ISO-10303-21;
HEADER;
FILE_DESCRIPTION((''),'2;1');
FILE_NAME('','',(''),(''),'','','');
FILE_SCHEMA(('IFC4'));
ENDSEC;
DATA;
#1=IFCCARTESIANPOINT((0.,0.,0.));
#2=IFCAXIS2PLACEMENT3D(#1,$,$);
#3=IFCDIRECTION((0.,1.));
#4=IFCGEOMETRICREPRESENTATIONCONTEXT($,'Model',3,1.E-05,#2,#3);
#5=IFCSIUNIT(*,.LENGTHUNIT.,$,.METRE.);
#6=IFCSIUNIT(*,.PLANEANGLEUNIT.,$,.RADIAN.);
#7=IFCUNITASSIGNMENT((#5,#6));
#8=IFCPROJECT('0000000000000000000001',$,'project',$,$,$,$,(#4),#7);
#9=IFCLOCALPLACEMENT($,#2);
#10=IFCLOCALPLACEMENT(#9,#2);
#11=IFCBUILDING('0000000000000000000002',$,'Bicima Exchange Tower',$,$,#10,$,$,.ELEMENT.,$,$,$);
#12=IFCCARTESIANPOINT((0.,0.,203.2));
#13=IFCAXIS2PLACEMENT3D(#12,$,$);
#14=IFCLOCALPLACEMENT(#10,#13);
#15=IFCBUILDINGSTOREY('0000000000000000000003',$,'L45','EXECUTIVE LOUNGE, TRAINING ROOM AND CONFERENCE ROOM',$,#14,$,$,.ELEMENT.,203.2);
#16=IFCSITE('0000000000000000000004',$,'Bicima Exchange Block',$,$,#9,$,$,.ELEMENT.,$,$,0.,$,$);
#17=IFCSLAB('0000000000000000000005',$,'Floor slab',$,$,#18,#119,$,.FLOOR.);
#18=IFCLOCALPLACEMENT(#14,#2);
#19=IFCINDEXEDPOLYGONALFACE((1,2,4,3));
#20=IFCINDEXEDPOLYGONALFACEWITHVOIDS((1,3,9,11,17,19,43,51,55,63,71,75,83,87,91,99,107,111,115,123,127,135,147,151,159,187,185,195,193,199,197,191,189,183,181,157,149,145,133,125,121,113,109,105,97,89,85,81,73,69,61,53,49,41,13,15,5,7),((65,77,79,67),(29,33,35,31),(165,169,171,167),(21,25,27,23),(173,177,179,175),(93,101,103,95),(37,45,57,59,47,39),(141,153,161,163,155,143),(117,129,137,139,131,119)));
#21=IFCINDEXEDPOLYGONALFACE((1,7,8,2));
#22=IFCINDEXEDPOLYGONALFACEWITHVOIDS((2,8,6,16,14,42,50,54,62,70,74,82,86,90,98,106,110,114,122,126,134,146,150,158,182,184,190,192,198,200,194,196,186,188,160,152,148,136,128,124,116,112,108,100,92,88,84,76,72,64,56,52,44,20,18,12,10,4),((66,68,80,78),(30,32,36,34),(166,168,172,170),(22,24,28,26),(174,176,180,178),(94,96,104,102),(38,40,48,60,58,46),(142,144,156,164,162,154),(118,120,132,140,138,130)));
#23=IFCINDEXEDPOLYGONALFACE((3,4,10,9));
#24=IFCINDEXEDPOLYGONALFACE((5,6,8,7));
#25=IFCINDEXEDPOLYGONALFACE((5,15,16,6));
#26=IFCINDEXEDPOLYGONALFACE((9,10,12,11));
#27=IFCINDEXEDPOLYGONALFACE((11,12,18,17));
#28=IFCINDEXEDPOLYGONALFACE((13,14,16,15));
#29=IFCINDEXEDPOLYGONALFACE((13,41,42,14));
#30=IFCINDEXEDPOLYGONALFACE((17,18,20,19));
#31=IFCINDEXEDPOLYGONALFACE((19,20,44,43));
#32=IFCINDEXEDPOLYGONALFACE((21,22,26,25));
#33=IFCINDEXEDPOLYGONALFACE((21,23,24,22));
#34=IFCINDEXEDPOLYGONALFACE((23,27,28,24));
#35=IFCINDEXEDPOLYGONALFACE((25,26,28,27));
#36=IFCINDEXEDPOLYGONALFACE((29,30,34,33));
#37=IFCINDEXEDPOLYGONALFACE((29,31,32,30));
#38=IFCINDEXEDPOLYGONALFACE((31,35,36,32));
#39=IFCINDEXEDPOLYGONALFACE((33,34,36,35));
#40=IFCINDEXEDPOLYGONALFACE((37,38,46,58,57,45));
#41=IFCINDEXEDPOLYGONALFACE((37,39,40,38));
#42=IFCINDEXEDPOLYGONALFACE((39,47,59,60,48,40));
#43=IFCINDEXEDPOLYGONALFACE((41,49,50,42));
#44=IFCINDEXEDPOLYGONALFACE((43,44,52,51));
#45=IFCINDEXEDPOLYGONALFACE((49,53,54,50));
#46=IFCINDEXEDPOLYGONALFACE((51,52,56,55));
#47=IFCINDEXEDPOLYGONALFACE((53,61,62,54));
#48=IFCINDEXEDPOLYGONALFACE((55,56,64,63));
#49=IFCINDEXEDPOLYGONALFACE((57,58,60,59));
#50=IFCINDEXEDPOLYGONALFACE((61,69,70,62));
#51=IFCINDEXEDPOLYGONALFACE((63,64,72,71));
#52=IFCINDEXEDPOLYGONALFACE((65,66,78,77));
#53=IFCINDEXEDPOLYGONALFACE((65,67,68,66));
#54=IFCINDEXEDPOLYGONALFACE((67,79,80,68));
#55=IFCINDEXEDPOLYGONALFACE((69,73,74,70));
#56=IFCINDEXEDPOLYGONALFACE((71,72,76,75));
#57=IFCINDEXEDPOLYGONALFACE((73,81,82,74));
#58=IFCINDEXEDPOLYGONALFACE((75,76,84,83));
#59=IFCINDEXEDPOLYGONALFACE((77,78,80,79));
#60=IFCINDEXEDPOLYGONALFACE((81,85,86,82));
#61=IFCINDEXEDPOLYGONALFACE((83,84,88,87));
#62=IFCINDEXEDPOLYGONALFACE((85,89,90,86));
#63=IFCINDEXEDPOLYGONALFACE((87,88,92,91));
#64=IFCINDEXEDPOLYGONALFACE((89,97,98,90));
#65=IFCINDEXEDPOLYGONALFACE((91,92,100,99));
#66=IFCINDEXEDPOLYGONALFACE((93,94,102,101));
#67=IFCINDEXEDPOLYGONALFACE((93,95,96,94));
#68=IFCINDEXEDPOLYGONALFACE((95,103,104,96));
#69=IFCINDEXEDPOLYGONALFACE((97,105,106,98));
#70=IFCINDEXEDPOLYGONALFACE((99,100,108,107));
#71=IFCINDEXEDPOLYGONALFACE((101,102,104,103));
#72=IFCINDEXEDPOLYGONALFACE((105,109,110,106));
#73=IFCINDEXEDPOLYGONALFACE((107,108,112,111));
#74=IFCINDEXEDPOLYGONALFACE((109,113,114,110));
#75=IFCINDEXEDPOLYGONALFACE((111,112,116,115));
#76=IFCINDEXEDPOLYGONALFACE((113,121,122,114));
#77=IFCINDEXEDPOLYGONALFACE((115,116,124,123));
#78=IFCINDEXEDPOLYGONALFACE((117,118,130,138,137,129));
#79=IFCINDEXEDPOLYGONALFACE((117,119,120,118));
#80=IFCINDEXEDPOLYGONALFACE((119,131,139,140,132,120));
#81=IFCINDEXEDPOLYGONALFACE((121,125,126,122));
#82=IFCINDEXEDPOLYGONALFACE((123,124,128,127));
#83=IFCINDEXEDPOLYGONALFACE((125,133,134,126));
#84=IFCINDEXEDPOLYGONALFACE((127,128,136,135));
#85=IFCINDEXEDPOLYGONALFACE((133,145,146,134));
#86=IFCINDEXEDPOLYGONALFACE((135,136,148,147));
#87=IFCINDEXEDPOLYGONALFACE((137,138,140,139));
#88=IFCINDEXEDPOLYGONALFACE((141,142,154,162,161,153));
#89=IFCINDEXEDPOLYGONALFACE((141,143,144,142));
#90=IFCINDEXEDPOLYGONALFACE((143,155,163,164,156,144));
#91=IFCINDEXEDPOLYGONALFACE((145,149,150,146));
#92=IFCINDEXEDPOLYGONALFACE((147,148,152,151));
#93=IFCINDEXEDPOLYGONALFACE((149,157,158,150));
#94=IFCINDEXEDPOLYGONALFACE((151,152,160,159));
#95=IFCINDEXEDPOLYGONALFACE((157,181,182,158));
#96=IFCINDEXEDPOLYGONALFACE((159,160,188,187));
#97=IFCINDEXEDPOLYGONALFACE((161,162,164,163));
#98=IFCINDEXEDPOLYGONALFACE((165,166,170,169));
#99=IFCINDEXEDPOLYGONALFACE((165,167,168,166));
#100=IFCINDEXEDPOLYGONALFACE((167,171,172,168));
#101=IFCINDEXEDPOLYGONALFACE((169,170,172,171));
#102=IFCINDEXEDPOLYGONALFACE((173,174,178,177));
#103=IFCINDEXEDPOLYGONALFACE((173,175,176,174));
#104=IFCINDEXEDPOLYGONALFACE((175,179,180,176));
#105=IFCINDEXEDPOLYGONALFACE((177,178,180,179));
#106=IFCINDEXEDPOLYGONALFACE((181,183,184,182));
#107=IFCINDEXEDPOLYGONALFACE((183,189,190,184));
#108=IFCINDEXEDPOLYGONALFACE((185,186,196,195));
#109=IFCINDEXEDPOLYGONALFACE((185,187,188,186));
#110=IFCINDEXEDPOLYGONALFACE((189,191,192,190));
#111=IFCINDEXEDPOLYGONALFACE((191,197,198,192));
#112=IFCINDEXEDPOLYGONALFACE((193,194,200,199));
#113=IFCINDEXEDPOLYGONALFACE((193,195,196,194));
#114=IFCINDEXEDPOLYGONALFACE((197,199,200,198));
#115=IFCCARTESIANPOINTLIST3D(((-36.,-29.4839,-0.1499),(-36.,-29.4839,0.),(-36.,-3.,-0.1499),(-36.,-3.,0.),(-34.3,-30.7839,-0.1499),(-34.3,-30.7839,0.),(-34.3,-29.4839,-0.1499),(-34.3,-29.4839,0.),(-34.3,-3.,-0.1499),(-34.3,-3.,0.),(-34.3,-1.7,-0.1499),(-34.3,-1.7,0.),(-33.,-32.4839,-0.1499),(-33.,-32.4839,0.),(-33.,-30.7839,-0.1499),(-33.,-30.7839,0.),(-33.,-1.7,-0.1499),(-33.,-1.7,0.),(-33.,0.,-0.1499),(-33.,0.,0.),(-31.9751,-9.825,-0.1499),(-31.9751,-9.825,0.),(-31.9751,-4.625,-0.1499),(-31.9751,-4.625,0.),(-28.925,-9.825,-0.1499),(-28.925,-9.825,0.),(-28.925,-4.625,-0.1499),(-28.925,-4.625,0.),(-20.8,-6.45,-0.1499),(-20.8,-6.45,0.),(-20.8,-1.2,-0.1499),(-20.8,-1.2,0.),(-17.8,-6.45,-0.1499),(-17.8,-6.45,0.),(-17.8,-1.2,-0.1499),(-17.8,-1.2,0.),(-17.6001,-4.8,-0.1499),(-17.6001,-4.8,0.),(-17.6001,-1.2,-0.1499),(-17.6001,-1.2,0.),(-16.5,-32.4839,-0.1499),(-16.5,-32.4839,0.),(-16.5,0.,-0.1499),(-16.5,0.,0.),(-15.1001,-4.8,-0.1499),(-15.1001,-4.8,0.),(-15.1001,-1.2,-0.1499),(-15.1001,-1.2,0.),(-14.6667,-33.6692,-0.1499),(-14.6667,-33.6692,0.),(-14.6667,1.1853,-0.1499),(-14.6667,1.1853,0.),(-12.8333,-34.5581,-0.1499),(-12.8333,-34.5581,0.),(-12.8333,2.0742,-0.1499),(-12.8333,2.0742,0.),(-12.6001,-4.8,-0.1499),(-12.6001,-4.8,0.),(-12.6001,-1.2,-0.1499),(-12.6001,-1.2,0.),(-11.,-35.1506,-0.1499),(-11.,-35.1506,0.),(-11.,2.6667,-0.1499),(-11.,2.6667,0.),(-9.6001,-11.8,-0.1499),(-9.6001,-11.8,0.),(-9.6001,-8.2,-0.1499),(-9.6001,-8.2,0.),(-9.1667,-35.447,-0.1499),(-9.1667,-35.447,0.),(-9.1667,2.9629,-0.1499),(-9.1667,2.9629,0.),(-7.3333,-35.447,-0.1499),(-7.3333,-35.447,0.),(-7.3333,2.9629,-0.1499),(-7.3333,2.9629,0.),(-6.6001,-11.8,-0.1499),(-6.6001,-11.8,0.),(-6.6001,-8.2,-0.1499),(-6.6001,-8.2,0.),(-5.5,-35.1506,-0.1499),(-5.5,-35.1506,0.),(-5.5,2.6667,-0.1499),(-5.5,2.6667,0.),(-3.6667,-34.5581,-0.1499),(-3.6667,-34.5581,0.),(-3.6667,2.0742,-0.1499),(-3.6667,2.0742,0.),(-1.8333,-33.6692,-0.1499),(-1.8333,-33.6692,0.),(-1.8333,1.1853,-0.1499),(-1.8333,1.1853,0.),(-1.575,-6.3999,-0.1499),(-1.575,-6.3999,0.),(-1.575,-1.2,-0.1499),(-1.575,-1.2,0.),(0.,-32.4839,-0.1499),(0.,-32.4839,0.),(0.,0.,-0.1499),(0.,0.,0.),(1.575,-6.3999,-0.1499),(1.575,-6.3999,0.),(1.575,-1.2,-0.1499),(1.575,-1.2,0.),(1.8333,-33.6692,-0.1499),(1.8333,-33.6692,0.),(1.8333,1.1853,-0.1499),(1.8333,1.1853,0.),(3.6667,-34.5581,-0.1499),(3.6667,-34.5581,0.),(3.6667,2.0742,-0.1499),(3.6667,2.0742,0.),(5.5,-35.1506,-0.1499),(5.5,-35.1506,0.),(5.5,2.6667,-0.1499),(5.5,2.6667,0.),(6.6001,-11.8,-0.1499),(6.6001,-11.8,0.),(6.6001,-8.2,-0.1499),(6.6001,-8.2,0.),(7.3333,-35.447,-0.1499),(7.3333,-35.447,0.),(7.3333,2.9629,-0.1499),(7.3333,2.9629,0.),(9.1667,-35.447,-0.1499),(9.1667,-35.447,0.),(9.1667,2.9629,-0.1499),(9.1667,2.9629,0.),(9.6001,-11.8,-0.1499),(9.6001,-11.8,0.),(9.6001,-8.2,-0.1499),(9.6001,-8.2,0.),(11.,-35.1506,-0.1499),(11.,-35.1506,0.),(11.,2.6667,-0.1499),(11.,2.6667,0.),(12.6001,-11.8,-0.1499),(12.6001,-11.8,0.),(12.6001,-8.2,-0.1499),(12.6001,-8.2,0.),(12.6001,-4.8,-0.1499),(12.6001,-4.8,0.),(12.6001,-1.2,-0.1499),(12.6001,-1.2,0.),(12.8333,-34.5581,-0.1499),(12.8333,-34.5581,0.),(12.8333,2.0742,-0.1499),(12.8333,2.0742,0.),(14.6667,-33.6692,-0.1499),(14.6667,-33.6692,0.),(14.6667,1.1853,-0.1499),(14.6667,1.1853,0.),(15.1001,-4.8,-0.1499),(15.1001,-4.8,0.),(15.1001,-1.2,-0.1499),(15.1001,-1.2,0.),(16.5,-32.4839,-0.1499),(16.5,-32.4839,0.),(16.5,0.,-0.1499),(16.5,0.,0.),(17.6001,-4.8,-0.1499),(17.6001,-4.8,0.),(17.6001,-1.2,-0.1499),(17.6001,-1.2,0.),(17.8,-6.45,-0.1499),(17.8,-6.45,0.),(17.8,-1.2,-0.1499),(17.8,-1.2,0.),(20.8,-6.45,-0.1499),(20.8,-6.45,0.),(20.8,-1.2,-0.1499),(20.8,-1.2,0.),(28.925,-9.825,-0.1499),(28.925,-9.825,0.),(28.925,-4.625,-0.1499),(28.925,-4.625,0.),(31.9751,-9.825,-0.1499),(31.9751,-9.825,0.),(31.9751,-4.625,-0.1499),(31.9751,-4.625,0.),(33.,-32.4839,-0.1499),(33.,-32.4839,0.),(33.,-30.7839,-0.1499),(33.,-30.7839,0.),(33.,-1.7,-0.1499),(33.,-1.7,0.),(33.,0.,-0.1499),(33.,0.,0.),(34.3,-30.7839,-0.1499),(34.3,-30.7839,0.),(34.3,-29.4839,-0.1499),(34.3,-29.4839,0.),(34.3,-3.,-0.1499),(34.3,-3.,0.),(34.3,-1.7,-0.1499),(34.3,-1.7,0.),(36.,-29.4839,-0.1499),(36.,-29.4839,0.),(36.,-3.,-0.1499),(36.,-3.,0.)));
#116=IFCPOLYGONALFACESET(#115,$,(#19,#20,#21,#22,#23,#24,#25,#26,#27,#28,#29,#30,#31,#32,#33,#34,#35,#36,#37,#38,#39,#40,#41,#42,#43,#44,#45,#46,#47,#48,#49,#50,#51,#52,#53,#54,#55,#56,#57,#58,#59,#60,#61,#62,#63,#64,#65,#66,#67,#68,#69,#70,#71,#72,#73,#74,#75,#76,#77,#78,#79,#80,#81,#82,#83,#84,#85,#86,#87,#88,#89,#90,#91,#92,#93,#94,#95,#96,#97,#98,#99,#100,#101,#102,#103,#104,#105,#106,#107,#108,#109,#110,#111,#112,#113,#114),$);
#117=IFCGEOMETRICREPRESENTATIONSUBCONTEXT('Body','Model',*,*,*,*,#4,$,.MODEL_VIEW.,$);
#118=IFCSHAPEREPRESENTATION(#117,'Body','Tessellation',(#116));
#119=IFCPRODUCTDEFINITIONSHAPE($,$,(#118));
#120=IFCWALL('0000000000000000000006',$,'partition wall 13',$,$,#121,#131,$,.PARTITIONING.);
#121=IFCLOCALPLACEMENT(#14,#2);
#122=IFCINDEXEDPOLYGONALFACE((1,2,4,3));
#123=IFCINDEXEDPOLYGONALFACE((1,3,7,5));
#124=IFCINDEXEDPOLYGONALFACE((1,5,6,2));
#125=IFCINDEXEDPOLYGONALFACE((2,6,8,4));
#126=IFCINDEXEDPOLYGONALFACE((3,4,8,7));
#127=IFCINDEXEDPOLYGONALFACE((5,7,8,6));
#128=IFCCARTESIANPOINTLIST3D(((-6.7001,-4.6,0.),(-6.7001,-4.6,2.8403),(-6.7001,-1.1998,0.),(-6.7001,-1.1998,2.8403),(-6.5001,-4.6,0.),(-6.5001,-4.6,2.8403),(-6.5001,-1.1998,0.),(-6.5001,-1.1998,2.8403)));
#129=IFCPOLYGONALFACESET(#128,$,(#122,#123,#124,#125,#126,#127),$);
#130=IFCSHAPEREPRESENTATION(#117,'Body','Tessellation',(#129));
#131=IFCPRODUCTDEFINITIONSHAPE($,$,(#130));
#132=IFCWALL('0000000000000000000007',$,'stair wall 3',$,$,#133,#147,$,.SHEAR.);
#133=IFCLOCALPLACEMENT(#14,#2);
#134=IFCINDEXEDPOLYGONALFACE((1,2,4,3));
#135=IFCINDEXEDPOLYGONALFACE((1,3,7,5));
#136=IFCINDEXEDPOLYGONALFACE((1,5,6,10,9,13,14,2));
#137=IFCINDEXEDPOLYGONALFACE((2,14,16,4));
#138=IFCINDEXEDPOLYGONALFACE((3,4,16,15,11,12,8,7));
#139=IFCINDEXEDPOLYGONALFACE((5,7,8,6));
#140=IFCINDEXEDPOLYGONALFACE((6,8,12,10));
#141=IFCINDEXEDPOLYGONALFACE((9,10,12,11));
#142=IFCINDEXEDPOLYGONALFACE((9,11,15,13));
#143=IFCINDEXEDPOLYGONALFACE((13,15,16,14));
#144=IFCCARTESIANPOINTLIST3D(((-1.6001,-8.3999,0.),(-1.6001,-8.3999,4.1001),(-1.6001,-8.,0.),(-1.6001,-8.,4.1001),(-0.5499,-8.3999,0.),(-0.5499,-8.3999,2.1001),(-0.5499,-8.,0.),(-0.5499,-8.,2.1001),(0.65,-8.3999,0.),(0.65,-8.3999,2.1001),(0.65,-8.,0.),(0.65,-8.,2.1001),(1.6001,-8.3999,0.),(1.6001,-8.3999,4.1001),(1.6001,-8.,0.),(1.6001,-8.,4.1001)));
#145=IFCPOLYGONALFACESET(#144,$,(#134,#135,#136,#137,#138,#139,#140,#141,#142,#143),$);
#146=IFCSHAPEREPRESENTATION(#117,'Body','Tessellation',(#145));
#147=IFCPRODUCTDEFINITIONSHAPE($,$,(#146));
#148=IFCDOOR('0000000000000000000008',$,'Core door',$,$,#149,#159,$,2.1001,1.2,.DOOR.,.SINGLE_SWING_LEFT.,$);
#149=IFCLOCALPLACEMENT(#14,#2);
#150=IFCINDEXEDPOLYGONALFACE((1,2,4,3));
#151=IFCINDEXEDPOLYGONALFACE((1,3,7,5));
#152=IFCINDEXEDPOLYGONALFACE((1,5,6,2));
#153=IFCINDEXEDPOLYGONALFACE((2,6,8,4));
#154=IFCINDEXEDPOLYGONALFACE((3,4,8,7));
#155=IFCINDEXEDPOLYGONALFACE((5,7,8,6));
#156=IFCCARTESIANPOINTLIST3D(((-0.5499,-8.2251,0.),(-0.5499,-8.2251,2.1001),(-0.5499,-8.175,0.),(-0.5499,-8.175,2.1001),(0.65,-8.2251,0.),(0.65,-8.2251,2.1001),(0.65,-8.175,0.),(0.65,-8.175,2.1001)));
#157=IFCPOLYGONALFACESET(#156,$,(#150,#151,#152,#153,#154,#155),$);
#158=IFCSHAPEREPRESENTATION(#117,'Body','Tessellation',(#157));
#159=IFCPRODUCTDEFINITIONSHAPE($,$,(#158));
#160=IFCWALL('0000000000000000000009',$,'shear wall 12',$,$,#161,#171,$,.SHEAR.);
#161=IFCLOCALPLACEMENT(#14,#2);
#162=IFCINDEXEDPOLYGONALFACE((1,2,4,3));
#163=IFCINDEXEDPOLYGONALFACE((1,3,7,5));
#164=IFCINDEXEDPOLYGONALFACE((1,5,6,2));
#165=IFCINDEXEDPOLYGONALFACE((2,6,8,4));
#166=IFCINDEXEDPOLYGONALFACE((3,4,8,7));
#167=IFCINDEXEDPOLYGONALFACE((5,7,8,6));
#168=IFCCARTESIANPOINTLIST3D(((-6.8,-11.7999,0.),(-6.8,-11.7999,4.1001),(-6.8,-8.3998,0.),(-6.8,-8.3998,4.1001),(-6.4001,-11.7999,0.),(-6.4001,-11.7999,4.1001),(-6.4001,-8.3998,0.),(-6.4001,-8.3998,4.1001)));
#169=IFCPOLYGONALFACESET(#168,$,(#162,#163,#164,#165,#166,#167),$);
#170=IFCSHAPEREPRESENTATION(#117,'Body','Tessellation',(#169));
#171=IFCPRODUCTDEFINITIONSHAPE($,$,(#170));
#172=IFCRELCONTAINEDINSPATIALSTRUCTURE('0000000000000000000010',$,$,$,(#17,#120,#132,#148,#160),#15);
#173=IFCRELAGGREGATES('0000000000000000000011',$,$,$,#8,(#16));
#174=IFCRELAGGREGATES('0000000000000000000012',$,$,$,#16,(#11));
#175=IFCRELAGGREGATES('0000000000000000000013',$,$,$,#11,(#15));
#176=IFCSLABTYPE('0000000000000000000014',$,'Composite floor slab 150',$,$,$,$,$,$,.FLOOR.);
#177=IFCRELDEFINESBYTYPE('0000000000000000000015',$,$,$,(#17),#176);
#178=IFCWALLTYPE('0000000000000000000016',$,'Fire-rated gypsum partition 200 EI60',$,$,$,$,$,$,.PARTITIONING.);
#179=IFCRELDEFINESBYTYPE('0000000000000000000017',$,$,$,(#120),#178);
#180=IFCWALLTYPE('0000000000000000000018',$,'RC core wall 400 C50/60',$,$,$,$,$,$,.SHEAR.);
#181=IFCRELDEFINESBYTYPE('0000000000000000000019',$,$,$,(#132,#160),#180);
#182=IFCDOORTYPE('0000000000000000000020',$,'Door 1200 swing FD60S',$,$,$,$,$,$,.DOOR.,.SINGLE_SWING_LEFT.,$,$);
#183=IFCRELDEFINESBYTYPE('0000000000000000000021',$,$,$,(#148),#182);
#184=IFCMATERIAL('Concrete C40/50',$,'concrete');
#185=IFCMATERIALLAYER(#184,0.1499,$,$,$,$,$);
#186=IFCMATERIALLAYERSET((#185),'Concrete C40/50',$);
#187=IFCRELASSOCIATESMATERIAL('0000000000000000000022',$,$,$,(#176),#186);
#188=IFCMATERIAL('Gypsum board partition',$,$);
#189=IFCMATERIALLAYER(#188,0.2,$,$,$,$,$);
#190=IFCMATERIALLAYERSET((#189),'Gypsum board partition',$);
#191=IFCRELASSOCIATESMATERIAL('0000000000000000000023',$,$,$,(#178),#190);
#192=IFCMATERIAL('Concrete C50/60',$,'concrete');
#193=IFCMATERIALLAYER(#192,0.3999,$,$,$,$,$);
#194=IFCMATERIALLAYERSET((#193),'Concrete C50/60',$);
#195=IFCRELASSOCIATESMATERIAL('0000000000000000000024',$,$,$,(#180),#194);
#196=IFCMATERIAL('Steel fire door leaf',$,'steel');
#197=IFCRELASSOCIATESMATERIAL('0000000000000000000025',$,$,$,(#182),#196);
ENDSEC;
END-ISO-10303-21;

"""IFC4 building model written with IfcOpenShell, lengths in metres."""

from ifc_helpers import new_model, si_unit, direction, frame, frame_2d, origin, place, context, subcontext, project, spatial, polyline, rectangle, outline, extrude, material, layer, layer_set, type_object, element, fill, save


model = new_model("IFC4")

# Units and contexts
model_context = context("Model", 3, precision=1e-05, world=origin(), true_north=direction((0.0, 1.0)))
body_context = subcontext(model_context, "Body", "Model", "MODEL_VIEW")
ifc_project = project(units=[si_unit("LENGTHUNIT", "METRE"), si_unit("PLANEANGLEUNIT", "RADIAN")], contexts=[model_context])

# Site, building, storey
site_placement = place(None, origin())
site = spatial("IfcSite", under=ifc_project, at=site_placement, Name="Bicima Exchange Block", CompositionType="ELEMENT", RefElevation=0.0)
building_placement = place(site_placement, origin())
building = spatial("IfcBuilding", under=site, at=building_placement, Name="Bicima Exchange Tower", CompositionType="ELEMENT")
storey_placement = place(building_placement, frame((0.0, 0.0, 203.2)))
storey = spatial("IfcBuildingStorey", under=building, at=storey_placement, Name="L45", Description="EXECUTIVE LOUNGE, TRAINING ROOM AND CONFERENCE ROOM", CompositionType="ELEMENT", Elevation=203.2)

# Slab
ifc_material_1 = material(Name="Concrete C40/50", Category="concrete")
ifc_layer_1 = layer(ifc_material_1, 0.1499)
ifc_layer_set_1 = layer_set([ifc_layer_1], Name="Concrete C40/50")
slab_type = type_object("IfcSlabType", Name="Composite floor slab 150", PredefinedType="FLOOR", material=ifc_layer_set_1)
slab_placement = place(storey_placement, frame((0.0, 0.0, -0.1499)))
element("IfcSlab", 1, at=slab_placement, inside=storey, type_object=slab_type, Name="Floor slab", PredefinedType="FLOOR", context=body_context, shape_type="SweptSolid", body=[
    extrude(outline(polyline([(-36.0, -29.4839), (-36.0, -3.0), (-34.3, -3.0), (-34.3, -1.7), (-33.0, -1.7), (-33.0, 0.0), (-16.5, 0.0), (-14.6667, 1.1853), (-12.8333, 2.0742), (-11.0, 2.6667), (-9.1667, 2.9629), (-7.3333, 2.9629), (-5.5, 2.6667), (-3.6667, 2.0742), (-1.8333, 1.1853), (0.0, 0.0), (1.8333, 1.1853), (3.6667, 2.0742), (5.5, 2.6667), (7.3333, 2.9629), (9.1667, 2.9629), (11.0, 2.6667), (12.8333, 2.0742), (14.6667, 1.1853), (16.5, 0.0), (33.0, 0.0), (33.0, -1.7), (34.3, -1.7), (34.3, -3.0), (36.0, -3.0), (36.0, -29.4839), (34.3, -29.4839), (34.3, -30.7839), (33.0, -30.7839), (33.0, -32.4839), (16.5, -32.4839), (14.6667, -33.6692), (12.8333, -34.5581), (11.0, -35.1506), (9.1667, -35.447), (7.3333, -35.447), (5.5, -35.1506), (3.6667, -34.5581), (1.8333, -33.6692), (0.0, -32.4839), (-1.8333, -33.6692), (-3.6667, -34.5581), (-5.5, -35.1506), (-7.3333, -35.447), (-9.1667, -35.447), (-11.0, -35.1506), (-12.8333, -34.5581), (-14.6667, -33.6692), (-16.5, -32.4839), (-33.0, -32.4839), (-33.0, -30.7839), (-34.3, -30.7839), (-34.3, -29.4839), (-36.0, -29.4839)]), holes=[polyline([(-6.6001, -11.8), (-6.6001, -8.2), (-9.6001, -8.2), (-9.6001, -11.8), (-6.6001, -11.8)]), polyline([(-31.9751, -9.825), (-28.925, -9.825), (-28.925, -4.625), (-31.9751, -4.625), (-31.9751, -9.825)]), polyline([(-20.8, -6.45), (-17.8, -6.45), (-17.8, -1.2), (-20.8, -1.2), (-20.8, -6.45)]), polyline([(1.575, -6.3999), (1.575, -1.2), (-1.575, -1.2), (-1.575, -6.3999), (1.575, -6.3999)]), polyline([(-12.6001, -4.8), (-12.6001, -1.2), (-15.1001, -1.2), (-17.6001, -1.2), (-17.6001, -4.8), (-15.1001, -4.8), (-12.6001, -4.8)]), polyline([(12.6001, -8.2), (9.6001, -8.2), (6.6001, -8.2), (6.6001, -11.8), (9.6001, -11.8), (12.6001, -11.8), (12.6001, -8.2)]), polyline([(28.925, -9.825), (31.9751, -9.825), (31.9751, -4.625), (28.925, -4.625), (28.925, -9.825)]), polyline([(20.8, -6.45), (20.8, -1.2), (17.8, -1.2), (17.8, -6.45), (20.8, -6.45)]), polyline([(17.6001, -4.8), (17.6001, -1.2), (15.1001, -1.2), (12.6001, -1.2), (12.6001, -4.8), (15.1001, -4.8), (17.6001, -4.8)])]), origin(), (0.0, 0.0, 1.0), 0.1499),
])

# Wall
ifc_material_2 = material(Name="Gypsum board partition")
ifc_layer_2 = layer(ifc_material_2, 0.2)
ifc_layer_set_2 = layer_set([ifc_layer_2], Name="Gypsum board partition")
wall_type_1 = type_object("IfcWallType", Name="Fire-rated gypsum partition 200 EI60", PredefinedType="PARTITIONING", material=ifc_layer_set_2)
wall_1_placement = place(storey_placement, frame((-6.6001, -4.6001, 0.0), z_axis=(0.0, 0.0, 1.0), x_axis=(0.0, 1.0, 0.0)))
element("IfcWall", 2, at=wall_1_placement, inside=storey, type_object=wall_type_1, Name="partition wall 13", PredefinedType="PARTITIONING", context=body_context, shape_type="SweptSolid", body=[
    extrude(rectangle(XDim=3.4001, YDim=0.2, at=frame_2d((1.7002, 0.0))), origin(), (0.0, 0.0, 1.0), 2.8403),
])

# Wall, opening, door
ifc_material_3 = material(Name="Concrete C50/60", Category="concrete")
ifc_layer_3 = layer(ifc_material_3, 0.3999)
ifc_layer_set_3 = layer_set([ifc_layer_3], Name="Concrete C50/60")
wall_type_2 = type_object("IfcWallType", Name="RC core wall 400 C50/60", PredefinedType="SHEAR", material=ifc_layer_set_3)
wall_2_placement = place(storey_placement, frame((-1.6001, -8.2, 0.0), z_axis=(0.0, 0.0, 1.0), x_axis=(1.0, 0.0, 0.0)))
wall_2 = element("IfcWall", 3, at=wall_2_placement, inside=storey, type_object=wall_type_2, Name="stair wall 3", PredefinedType="SHEAR", context=body_context, shape_type="SweptSolid", body=[
    extrude(rectangle(XDim=3.2002, YDim=0.3999, at=frame_2d((1.6001, 0.0))), origin(), (0.0, 0.0, 1.0), 4.1001),
])
opening_1_placement = place(wall_2_placement, frame((1.05, 0.0, 0.0)))
opening_1 = element("IfcOpeningElement", 4, at=opening_1_placement, cuts=wall_2, PredefinedType="OPENING", context=body_context, shape_type="SweptSolid", body=[
    extrude(rectangle(XDim=1.2, YDim=2.1001, at=frame_2d((0.6001, 1.05))), frame((0.0, 0.2119, 0.0), z_axis=(0.0, -1.0, 0.0), x_axis=(1.0, 0.0, 0.0)), (0.0, 0.0, 1.0), 0.4238),
])
ifc_material_4 = material(Name="Steel fire door leaf", Category="steel")
door_type_1 = type_object("IfcDoorType", Name="Door 1200 swing FD60S", OperationType="SINGLE_SWING_LEFT", PredefinedType="DOOR", material=ifc_material_4)
door_1_placement = place(opening_1_placement, origin())
door_1 = element("IfcDoor", 5, at=door_1_placement, inside=storey, type_object=door_type_1, Name="Core door", OperationType="SINGLE_SWING_LEFT", OverallHeight=2.1001, OverallWidth=1.2, PredefinedType="DOOR", context=body_context, shape_type="SweptSolid", body=[
    extrude(rectangle(XDim=1.2, YDim=2.1001, at=frame_2d((0.6001, 1.05))), frame((0.0, 0.0249, 0.0), z_axis=(0.0, -1.0, 0.0), x_axis=(1.0, 0.0, 0.0)), (0.0, 0.0, 1.0), 0.05),
])
fill(opening_1, door_1)

# Wall
wall_3_placement = place(storey_placement, frame((-6.6001, -11.8, 0.0), z_axis=(0.0, 0.0, 1.0), x_axis=(0.0, 1.0, 0.0)))
element("IfcWall", 6, at=wall_3_placement, inside=storey, type_object=wall_type_2, Name="shear wall 12", PredefinedType="SHEAR", context=body_context, shape_type="SweptSolid", body=[
    extrude(rectangle(XDim=3.4001, YDim=0.3999, at=frame_2d((1.7002, 0.0))), origin(), (0.0, 0.0, 1.0), 4.1001),
])

save(model, "model.ifc")
